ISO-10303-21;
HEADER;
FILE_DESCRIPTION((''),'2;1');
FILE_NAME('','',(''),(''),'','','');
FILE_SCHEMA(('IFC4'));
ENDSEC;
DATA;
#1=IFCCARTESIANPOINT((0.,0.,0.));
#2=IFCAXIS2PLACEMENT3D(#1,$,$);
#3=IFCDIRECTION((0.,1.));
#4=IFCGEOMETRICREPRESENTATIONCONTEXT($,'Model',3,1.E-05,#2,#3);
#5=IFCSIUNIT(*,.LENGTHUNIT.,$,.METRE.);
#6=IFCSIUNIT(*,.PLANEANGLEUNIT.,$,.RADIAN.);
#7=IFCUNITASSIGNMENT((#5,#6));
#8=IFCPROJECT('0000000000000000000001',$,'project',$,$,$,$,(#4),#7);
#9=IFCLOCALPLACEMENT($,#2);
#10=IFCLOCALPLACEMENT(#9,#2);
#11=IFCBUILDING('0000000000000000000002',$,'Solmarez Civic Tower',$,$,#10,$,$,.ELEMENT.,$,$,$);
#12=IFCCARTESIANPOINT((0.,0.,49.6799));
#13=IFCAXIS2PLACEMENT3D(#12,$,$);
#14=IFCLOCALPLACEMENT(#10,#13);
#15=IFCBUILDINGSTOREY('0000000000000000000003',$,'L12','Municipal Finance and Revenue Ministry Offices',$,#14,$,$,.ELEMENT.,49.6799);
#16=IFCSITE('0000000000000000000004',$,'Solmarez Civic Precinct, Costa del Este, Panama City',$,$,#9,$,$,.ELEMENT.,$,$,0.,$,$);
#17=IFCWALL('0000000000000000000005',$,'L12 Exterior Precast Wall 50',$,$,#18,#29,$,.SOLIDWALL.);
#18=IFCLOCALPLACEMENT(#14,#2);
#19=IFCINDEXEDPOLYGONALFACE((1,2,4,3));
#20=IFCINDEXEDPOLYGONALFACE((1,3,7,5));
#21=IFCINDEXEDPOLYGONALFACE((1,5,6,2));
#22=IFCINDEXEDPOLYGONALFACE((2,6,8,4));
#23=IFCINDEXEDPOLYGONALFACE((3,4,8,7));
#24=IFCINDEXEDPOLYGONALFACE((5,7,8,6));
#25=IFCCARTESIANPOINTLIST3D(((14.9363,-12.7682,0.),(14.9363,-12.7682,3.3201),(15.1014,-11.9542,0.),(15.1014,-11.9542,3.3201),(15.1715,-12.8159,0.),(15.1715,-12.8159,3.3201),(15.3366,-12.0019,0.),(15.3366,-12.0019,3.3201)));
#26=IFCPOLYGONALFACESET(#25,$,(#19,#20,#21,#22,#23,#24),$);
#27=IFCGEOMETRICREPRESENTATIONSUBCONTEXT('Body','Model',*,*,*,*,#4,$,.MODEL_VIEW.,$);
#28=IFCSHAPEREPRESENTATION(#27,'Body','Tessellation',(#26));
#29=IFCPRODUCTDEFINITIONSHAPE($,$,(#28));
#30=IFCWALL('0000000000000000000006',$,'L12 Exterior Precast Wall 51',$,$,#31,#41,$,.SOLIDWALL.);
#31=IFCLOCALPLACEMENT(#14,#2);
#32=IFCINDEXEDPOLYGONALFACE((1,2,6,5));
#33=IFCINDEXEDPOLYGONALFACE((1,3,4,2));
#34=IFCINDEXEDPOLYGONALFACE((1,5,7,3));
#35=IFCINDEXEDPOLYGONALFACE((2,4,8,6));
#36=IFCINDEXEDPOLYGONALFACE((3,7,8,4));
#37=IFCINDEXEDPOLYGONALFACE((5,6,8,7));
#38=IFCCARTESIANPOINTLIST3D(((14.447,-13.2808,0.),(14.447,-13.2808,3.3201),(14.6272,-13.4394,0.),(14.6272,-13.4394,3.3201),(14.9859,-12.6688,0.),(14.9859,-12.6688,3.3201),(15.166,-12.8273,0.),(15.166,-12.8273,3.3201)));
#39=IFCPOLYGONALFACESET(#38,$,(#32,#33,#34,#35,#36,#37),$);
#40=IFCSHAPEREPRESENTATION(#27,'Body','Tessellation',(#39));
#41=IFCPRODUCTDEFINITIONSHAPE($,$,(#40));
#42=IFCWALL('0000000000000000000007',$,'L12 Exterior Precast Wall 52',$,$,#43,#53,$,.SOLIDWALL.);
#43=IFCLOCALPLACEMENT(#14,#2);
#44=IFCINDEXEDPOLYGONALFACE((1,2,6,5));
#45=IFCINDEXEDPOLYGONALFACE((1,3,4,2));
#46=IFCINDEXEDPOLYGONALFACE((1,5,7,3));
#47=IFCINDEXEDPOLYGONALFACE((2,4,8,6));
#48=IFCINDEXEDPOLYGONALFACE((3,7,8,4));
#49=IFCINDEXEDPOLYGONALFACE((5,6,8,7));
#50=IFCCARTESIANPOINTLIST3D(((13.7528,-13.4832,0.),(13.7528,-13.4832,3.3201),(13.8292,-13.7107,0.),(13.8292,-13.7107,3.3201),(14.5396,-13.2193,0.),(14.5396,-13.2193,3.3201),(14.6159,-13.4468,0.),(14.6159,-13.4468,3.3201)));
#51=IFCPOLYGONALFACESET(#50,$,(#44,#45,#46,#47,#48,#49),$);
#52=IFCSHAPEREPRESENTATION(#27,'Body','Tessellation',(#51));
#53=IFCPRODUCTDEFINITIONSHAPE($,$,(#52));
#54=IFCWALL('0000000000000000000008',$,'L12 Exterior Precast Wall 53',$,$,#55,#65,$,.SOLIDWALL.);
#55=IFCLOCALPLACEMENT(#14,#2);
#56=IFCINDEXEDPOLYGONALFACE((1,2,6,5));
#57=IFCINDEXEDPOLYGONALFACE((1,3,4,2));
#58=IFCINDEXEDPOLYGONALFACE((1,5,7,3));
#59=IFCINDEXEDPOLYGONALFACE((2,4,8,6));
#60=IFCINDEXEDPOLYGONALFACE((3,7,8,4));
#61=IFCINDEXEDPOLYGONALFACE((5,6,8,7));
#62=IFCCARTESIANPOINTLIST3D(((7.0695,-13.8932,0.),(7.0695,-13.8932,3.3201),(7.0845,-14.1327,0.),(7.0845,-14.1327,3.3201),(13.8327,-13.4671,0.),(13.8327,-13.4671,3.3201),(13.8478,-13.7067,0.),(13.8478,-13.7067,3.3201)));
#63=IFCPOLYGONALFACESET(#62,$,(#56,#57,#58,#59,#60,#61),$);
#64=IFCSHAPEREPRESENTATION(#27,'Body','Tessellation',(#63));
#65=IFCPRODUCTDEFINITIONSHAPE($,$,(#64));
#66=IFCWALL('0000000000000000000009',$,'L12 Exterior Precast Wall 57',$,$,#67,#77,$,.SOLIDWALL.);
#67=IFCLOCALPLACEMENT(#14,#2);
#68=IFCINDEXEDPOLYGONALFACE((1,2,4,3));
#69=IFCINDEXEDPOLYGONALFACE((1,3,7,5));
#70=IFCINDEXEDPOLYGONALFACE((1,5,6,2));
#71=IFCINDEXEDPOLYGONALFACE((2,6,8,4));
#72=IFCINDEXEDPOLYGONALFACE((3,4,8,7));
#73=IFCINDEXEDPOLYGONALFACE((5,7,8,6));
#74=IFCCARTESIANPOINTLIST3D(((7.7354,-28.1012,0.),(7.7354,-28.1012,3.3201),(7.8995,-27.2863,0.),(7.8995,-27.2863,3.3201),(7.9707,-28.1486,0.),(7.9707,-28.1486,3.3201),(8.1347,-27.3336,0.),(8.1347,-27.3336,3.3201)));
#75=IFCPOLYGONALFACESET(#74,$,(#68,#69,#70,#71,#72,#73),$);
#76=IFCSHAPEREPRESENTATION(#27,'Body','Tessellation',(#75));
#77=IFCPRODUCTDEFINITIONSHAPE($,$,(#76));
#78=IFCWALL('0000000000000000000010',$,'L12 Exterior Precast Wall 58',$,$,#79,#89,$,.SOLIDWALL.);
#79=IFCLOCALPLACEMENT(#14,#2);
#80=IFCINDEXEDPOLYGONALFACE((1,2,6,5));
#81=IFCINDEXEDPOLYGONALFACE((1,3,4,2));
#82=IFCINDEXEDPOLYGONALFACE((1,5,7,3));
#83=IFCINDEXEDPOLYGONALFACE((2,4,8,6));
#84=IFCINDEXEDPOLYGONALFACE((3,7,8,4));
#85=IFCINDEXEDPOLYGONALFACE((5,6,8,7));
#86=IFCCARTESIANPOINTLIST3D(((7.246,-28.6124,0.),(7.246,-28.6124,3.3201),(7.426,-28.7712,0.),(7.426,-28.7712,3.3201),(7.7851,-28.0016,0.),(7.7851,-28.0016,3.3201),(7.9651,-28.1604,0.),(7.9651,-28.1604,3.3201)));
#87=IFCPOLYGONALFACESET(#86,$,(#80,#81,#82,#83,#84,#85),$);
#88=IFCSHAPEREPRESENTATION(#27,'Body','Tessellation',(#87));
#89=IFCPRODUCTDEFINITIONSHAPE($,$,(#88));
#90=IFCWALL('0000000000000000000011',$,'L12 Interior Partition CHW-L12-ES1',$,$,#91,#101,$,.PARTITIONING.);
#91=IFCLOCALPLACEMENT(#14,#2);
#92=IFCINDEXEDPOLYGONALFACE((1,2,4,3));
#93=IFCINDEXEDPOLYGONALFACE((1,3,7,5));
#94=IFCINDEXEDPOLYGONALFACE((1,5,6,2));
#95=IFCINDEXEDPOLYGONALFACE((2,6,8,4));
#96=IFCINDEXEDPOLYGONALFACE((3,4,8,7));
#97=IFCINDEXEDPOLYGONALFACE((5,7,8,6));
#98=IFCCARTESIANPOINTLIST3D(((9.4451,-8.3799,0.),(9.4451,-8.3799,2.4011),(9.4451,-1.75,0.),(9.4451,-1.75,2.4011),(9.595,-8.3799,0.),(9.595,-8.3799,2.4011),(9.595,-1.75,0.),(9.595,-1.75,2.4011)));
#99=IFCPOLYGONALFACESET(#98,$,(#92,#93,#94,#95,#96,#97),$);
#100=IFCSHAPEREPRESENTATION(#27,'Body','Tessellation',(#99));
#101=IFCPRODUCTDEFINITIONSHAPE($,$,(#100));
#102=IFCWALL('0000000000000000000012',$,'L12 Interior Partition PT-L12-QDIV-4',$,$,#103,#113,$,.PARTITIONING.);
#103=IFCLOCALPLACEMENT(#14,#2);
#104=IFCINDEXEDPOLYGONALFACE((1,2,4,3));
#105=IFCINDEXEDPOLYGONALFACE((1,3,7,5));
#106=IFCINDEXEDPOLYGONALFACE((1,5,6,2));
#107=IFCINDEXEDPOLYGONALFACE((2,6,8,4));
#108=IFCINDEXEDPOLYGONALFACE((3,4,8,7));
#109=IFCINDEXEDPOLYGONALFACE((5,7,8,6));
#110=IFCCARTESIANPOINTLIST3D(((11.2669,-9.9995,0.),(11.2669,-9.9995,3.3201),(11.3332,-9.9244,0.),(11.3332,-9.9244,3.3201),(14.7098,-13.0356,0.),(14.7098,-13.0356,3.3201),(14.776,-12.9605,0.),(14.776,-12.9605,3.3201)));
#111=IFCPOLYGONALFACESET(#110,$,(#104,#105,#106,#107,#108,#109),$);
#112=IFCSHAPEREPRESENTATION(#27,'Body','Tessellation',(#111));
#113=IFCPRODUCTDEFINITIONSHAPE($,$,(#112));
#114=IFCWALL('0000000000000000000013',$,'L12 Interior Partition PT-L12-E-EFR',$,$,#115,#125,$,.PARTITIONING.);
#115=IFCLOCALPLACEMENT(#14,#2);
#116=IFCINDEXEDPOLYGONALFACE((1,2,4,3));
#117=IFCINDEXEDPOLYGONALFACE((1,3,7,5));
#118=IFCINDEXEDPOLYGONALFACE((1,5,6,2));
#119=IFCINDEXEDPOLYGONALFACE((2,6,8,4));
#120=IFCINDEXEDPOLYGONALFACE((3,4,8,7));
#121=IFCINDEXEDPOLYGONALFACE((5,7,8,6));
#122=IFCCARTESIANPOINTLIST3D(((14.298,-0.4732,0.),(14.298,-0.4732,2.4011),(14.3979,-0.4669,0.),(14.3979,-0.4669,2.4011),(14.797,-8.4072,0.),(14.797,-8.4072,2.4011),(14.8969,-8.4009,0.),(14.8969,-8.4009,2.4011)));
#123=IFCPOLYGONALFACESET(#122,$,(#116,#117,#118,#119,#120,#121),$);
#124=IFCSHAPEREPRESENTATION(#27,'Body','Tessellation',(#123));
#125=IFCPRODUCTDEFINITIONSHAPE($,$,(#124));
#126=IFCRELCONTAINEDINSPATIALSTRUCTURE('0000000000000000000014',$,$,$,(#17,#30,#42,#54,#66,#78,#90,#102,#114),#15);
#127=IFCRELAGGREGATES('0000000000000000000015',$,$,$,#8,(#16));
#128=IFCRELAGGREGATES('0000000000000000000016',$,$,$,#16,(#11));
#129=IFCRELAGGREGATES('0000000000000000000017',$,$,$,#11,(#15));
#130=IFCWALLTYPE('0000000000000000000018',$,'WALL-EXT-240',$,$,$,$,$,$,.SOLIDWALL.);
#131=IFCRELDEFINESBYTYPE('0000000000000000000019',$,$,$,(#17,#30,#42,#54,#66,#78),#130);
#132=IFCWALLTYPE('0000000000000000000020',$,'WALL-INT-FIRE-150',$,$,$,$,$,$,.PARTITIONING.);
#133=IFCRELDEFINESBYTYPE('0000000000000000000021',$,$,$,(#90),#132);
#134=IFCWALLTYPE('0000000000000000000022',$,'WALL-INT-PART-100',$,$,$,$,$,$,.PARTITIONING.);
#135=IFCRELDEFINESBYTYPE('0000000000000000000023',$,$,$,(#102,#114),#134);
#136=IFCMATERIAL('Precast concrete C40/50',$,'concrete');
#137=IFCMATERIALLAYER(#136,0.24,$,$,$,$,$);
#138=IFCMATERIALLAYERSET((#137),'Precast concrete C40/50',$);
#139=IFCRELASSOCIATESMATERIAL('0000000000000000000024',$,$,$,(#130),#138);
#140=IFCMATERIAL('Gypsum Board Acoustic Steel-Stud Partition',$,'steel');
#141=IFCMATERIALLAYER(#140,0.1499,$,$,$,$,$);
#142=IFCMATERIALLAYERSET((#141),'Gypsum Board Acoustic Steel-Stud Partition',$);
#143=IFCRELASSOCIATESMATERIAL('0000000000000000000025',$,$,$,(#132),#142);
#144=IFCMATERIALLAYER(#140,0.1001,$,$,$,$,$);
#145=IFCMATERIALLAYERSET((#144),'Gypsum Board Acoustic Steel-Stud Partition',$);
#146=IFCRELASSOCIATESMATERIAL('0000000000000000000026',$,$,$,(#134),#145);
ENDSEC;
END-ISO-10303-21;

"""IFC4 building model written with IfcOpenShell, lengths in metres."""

from ifc_helpers import new_model, si_unit, direction, frame, frame_2d, origin, place, context, subcontext, project, spatial, rectangle, extrude, material, layer, layer_set, type_object, element, save


model = new_model("IFC4")

# Units and contexts
model_context = context("Model", 3, precision=1e-05, world=origin(), true_north=direction((0.0, 1.0)))
body_context = subcontext(model_context, "Body", "Model", "MODEL_VIEW")
ifc_project = project(units=[si_unit("LENGTHUNIT", "METRE"), si_unit("PLANEANGLEUNIT", "RADIAN")], contexts=[model_context])

# Site, building, storey
site_placement = place(None, origin())
site = spatial("IfcSite", under=ifc_project, at=site_placement, Name="Solmarez Civic Precinct, Costa del Este, Panama City", CompositionType="ELEMENT", RefElevation=0.0)
building_placement = place(site_placement, origin())
building = spatial("IfcBuilding", under=site, at=building_placement, Name="Solmarez Civic Tower", CompositionType="ELEMENT")
storey_placement = place(building_placement, frame((0.0, 0.0, 49.6799)))
storey = spatial("IfcBuildingStorey", under=building, at=storey_placement, Name="L12", Description="Municipal Finance and Revenue Ministry Offices", CompositionType="ELEMENT", Elevation=49.6799)

# Shared definitions
ifc_material_1 = material(Name="Precast concrete C40/50", Category="concrete")
ifc_layer_1 = layer(ifc_material_1, 0.24)
ifc_layer_set_1 = layer_set([ifc_layer_1], Name="Precast concrete C40/50")
wall_type_1 = type_object("IfcWallType", Name="WALL-EXT-240", PredefinedType="SOLIDWALL", material=ifc_layer_set_1)

# Walls
wall_1_placement = place(storey_placement, frame((15.219, -11.978, 0.0), z_axis=(0.0, 0.0, 1.0), x_axis=(-0.198716, -0.980057, 0.0)))
element("IfcWall", 1, at=wall_1_placement, inside=storey, type_object=wall_type_1, Name="L12 Exterior Precast Wall 50", PredefinedType="SOLIDWALL", context=body_context, shape_type="SweptSolid", body=[
    extrude(rectangle(XDim=0.8306, YDim=0.24, at=frame_2d((0.4153, 0.0))), origin(), (0.0, 0.0, 1.0), 3.3201),
])
wall_2_placement = place(storey_placement, frame((15.0759, -12.748, 0.0), z_axis=(0.0, 0.0, 1.0), x_axis=(-0.66077, -0.750589, 0.0)))
element("IfcWall", 2, at=wall_2_placement, inside=storey, type_object=wall_type_1, Name="L12 Exterior Precast Wall 51", PredefinedType="SOLIDWALL", context=body_context, shape_type="SweptSolid", body=[
    extrude(rectangle(XDim=0.8154, YDim=0.24, at=frame_2d((0.4077, 0.0))), origin(), (0.0, 0.0, 1.0), 3.3201),
])
wall_3_placement = place(storey_placement, frame((14.5779, -13.333, 0.0), z_axis=(0.0, 0.0, 1.0), x_axis=(-0.948093, -0.317992, 0.0)))
element("IfcWall", 3, at=wall_3_placement, inside=storey, type_object=wall_type_1, Name="L12 Exterior Precast Wall 52", PredefinedType="SOLIDWALL", context=body_context, shape_type="SweptSolid", body=[
    extrude(rectangle(XDim=0.8298, YDim=0.24, at=frame_2d((0.415, 0.0))), origin(), (0.0, 0.0, 1.0), 3.3201),
])
wall_4_placement = place(storey_placement, frame((13.8401, -13.5869, 0.0), z_axis=(0.0, 0.0, 1.0), x_axis=(-0.998022, -0.062867, 0.0)))
element("IfcWall", 4, at=wall_4_placement, inside=storey, type_object=wall_type_1, Name="L12 Exterior Precast Wall 53", PredefinedType="SOLIDWALL", context=body_context, shape_type="SweptSolid", body=[
    extrude(rectangle(XDim=6.7766, YDim=0.24, at=frame_2d((3.3882, 0.0))), origin(), (0.0, 0.0, 1.0), 3.3201),
])
wall_5_placement = place(storey_placement, frame((8.0171, -27.3101, 0.0), z_axis=(0.0, 0.0, 1.0), x_axis=(-0.197359, -0.980331, 0.0)))
element("IfcWall", 5, at=wall_5_placement, inside=storey, type_object=wall_type_1, Name="L12 Exterior Precast Wall 57", PredefinedType="SOLIDWALL", context=body_context, shape_type="SweptSolid", body=[
    extrude(rectangle(XDim=0.8313, YDim=0.24, at=frame_2d((0.4155, 0.0))), origin(), (0.0, 0.0, 1.0), 3.3201),
])
wall_6_placement = place(storey_placement, frame((7.875, -28.0811, 0.0), z_axis=(0.0, 0.0, 1.0), x_axis=(-0.661681, -0.749785, 0.0)))
element("IfcWall", 6, at=wall_6_placement, inside=storey, type_object=wall_type_1, Name="L12 Exterior Precast Wall 58", PredefinedType="SOLIDWALL", context=body_context, shape_type="SweptSolid", body=[
    extrude(rectangle(XDim=0.8147, YDim=0.24, at=frame_2d((0.4072, 0.0))), origin(), (0.0, 0.0, 1.0), 3.3201),
])
ifc_material_2 = material(Name="Gypsum Board Acoustic Steel-Stud Partition", Category="steel")
ifc_layer_2 = layer(ifc_material_2, 0.1499)
ifc_layer_set_2 = layer_set([ifc_layer_2], Name="Gypsum Board Acoustic Steel-Stud Partition")
wall_type_2 = type_object("IfcWallType", Name="WALL-INT-FIRE-150", PredefinedType="PARTITIONING", material=ifc_layer_set_2)
wall_7_placement = place(storey_placement, frame((9.52, -8.3799, 0.0), z_axis=(0.0, 0.0, 1.0), x_axis=(0.0, 1.0, 0.0)))
element("IfcWall", 7, at=wall_7_placement, inside=storey, type_object=wall_type_2, Name="L12 Interior Partition CHW-L12-ES1", PredefinedType="PARTITIONING", context=body_context, shape_type="SweptSolid", body=[
    extrude(rectangle(XDim=6.6299, YDim=0.1499, at=frame_2d((3.3149, 0.0))), origin(), (0.0, 0.0, 1.0), 2.4011),
])
ifc_layer_3 = layer(ifc_material_2, 0.1001)
ifc_layer_set_3 = layer_set([ifc_layer_3], Name="Gypsum Board Acoustic Steel-Stud Partition")
wall_type_3 = type_object("IfcWallType", Name="WALL-INT-PART-100", PredefinedType="PARTITIONING", material=ifc_layer_set_3)
wall_8_placement = place(storey_placement, frame((11.3, -9.9619, 0.0), z_axis=(0.0, 0.0, 1.0), x_axis=(0.750021, -0.661414, 0.0)))
element("IfcWall", 8, at=wall_8_placement, inside=storey, type_object=wall_type_3, Name="L12 Interior Partition PT-L12-QDIV-4", PredefinedType="PARTITIONING", context=body_context, shape_type="SweptSolid", body=[
    extrude(rectangle(XDim=4.5903, YDim=0.1001, at=frame_2d((2.2952, 0.0))), origin(), (0.0, 0.0, 1.0), 3.3201),
])
wall_9_placement = place(storey_placement, frame((14.8469, -8.4041, 0.0), z_axis=(0.0, 0.0, 1.0), x_axis=(-0.062772, 0.998028, 0.0)))
element("IfcWall", 9, at=wall_9_placement, inside=storey, type_object=wall_type_3, Name="L12 Interior Partition PT-L12-E-EFR", PredefinedType="PARTITIONING", context=body_context, shape_type="SweptSolid", body=[
    extrude(rectangle(XDim=7.9497, YDim=0.1001, at=frame_2d((3.9749, 0.0))), origin(), (0.0, 0.0, 1.0), 2.4011),
])

save(model, "model.ifc")
